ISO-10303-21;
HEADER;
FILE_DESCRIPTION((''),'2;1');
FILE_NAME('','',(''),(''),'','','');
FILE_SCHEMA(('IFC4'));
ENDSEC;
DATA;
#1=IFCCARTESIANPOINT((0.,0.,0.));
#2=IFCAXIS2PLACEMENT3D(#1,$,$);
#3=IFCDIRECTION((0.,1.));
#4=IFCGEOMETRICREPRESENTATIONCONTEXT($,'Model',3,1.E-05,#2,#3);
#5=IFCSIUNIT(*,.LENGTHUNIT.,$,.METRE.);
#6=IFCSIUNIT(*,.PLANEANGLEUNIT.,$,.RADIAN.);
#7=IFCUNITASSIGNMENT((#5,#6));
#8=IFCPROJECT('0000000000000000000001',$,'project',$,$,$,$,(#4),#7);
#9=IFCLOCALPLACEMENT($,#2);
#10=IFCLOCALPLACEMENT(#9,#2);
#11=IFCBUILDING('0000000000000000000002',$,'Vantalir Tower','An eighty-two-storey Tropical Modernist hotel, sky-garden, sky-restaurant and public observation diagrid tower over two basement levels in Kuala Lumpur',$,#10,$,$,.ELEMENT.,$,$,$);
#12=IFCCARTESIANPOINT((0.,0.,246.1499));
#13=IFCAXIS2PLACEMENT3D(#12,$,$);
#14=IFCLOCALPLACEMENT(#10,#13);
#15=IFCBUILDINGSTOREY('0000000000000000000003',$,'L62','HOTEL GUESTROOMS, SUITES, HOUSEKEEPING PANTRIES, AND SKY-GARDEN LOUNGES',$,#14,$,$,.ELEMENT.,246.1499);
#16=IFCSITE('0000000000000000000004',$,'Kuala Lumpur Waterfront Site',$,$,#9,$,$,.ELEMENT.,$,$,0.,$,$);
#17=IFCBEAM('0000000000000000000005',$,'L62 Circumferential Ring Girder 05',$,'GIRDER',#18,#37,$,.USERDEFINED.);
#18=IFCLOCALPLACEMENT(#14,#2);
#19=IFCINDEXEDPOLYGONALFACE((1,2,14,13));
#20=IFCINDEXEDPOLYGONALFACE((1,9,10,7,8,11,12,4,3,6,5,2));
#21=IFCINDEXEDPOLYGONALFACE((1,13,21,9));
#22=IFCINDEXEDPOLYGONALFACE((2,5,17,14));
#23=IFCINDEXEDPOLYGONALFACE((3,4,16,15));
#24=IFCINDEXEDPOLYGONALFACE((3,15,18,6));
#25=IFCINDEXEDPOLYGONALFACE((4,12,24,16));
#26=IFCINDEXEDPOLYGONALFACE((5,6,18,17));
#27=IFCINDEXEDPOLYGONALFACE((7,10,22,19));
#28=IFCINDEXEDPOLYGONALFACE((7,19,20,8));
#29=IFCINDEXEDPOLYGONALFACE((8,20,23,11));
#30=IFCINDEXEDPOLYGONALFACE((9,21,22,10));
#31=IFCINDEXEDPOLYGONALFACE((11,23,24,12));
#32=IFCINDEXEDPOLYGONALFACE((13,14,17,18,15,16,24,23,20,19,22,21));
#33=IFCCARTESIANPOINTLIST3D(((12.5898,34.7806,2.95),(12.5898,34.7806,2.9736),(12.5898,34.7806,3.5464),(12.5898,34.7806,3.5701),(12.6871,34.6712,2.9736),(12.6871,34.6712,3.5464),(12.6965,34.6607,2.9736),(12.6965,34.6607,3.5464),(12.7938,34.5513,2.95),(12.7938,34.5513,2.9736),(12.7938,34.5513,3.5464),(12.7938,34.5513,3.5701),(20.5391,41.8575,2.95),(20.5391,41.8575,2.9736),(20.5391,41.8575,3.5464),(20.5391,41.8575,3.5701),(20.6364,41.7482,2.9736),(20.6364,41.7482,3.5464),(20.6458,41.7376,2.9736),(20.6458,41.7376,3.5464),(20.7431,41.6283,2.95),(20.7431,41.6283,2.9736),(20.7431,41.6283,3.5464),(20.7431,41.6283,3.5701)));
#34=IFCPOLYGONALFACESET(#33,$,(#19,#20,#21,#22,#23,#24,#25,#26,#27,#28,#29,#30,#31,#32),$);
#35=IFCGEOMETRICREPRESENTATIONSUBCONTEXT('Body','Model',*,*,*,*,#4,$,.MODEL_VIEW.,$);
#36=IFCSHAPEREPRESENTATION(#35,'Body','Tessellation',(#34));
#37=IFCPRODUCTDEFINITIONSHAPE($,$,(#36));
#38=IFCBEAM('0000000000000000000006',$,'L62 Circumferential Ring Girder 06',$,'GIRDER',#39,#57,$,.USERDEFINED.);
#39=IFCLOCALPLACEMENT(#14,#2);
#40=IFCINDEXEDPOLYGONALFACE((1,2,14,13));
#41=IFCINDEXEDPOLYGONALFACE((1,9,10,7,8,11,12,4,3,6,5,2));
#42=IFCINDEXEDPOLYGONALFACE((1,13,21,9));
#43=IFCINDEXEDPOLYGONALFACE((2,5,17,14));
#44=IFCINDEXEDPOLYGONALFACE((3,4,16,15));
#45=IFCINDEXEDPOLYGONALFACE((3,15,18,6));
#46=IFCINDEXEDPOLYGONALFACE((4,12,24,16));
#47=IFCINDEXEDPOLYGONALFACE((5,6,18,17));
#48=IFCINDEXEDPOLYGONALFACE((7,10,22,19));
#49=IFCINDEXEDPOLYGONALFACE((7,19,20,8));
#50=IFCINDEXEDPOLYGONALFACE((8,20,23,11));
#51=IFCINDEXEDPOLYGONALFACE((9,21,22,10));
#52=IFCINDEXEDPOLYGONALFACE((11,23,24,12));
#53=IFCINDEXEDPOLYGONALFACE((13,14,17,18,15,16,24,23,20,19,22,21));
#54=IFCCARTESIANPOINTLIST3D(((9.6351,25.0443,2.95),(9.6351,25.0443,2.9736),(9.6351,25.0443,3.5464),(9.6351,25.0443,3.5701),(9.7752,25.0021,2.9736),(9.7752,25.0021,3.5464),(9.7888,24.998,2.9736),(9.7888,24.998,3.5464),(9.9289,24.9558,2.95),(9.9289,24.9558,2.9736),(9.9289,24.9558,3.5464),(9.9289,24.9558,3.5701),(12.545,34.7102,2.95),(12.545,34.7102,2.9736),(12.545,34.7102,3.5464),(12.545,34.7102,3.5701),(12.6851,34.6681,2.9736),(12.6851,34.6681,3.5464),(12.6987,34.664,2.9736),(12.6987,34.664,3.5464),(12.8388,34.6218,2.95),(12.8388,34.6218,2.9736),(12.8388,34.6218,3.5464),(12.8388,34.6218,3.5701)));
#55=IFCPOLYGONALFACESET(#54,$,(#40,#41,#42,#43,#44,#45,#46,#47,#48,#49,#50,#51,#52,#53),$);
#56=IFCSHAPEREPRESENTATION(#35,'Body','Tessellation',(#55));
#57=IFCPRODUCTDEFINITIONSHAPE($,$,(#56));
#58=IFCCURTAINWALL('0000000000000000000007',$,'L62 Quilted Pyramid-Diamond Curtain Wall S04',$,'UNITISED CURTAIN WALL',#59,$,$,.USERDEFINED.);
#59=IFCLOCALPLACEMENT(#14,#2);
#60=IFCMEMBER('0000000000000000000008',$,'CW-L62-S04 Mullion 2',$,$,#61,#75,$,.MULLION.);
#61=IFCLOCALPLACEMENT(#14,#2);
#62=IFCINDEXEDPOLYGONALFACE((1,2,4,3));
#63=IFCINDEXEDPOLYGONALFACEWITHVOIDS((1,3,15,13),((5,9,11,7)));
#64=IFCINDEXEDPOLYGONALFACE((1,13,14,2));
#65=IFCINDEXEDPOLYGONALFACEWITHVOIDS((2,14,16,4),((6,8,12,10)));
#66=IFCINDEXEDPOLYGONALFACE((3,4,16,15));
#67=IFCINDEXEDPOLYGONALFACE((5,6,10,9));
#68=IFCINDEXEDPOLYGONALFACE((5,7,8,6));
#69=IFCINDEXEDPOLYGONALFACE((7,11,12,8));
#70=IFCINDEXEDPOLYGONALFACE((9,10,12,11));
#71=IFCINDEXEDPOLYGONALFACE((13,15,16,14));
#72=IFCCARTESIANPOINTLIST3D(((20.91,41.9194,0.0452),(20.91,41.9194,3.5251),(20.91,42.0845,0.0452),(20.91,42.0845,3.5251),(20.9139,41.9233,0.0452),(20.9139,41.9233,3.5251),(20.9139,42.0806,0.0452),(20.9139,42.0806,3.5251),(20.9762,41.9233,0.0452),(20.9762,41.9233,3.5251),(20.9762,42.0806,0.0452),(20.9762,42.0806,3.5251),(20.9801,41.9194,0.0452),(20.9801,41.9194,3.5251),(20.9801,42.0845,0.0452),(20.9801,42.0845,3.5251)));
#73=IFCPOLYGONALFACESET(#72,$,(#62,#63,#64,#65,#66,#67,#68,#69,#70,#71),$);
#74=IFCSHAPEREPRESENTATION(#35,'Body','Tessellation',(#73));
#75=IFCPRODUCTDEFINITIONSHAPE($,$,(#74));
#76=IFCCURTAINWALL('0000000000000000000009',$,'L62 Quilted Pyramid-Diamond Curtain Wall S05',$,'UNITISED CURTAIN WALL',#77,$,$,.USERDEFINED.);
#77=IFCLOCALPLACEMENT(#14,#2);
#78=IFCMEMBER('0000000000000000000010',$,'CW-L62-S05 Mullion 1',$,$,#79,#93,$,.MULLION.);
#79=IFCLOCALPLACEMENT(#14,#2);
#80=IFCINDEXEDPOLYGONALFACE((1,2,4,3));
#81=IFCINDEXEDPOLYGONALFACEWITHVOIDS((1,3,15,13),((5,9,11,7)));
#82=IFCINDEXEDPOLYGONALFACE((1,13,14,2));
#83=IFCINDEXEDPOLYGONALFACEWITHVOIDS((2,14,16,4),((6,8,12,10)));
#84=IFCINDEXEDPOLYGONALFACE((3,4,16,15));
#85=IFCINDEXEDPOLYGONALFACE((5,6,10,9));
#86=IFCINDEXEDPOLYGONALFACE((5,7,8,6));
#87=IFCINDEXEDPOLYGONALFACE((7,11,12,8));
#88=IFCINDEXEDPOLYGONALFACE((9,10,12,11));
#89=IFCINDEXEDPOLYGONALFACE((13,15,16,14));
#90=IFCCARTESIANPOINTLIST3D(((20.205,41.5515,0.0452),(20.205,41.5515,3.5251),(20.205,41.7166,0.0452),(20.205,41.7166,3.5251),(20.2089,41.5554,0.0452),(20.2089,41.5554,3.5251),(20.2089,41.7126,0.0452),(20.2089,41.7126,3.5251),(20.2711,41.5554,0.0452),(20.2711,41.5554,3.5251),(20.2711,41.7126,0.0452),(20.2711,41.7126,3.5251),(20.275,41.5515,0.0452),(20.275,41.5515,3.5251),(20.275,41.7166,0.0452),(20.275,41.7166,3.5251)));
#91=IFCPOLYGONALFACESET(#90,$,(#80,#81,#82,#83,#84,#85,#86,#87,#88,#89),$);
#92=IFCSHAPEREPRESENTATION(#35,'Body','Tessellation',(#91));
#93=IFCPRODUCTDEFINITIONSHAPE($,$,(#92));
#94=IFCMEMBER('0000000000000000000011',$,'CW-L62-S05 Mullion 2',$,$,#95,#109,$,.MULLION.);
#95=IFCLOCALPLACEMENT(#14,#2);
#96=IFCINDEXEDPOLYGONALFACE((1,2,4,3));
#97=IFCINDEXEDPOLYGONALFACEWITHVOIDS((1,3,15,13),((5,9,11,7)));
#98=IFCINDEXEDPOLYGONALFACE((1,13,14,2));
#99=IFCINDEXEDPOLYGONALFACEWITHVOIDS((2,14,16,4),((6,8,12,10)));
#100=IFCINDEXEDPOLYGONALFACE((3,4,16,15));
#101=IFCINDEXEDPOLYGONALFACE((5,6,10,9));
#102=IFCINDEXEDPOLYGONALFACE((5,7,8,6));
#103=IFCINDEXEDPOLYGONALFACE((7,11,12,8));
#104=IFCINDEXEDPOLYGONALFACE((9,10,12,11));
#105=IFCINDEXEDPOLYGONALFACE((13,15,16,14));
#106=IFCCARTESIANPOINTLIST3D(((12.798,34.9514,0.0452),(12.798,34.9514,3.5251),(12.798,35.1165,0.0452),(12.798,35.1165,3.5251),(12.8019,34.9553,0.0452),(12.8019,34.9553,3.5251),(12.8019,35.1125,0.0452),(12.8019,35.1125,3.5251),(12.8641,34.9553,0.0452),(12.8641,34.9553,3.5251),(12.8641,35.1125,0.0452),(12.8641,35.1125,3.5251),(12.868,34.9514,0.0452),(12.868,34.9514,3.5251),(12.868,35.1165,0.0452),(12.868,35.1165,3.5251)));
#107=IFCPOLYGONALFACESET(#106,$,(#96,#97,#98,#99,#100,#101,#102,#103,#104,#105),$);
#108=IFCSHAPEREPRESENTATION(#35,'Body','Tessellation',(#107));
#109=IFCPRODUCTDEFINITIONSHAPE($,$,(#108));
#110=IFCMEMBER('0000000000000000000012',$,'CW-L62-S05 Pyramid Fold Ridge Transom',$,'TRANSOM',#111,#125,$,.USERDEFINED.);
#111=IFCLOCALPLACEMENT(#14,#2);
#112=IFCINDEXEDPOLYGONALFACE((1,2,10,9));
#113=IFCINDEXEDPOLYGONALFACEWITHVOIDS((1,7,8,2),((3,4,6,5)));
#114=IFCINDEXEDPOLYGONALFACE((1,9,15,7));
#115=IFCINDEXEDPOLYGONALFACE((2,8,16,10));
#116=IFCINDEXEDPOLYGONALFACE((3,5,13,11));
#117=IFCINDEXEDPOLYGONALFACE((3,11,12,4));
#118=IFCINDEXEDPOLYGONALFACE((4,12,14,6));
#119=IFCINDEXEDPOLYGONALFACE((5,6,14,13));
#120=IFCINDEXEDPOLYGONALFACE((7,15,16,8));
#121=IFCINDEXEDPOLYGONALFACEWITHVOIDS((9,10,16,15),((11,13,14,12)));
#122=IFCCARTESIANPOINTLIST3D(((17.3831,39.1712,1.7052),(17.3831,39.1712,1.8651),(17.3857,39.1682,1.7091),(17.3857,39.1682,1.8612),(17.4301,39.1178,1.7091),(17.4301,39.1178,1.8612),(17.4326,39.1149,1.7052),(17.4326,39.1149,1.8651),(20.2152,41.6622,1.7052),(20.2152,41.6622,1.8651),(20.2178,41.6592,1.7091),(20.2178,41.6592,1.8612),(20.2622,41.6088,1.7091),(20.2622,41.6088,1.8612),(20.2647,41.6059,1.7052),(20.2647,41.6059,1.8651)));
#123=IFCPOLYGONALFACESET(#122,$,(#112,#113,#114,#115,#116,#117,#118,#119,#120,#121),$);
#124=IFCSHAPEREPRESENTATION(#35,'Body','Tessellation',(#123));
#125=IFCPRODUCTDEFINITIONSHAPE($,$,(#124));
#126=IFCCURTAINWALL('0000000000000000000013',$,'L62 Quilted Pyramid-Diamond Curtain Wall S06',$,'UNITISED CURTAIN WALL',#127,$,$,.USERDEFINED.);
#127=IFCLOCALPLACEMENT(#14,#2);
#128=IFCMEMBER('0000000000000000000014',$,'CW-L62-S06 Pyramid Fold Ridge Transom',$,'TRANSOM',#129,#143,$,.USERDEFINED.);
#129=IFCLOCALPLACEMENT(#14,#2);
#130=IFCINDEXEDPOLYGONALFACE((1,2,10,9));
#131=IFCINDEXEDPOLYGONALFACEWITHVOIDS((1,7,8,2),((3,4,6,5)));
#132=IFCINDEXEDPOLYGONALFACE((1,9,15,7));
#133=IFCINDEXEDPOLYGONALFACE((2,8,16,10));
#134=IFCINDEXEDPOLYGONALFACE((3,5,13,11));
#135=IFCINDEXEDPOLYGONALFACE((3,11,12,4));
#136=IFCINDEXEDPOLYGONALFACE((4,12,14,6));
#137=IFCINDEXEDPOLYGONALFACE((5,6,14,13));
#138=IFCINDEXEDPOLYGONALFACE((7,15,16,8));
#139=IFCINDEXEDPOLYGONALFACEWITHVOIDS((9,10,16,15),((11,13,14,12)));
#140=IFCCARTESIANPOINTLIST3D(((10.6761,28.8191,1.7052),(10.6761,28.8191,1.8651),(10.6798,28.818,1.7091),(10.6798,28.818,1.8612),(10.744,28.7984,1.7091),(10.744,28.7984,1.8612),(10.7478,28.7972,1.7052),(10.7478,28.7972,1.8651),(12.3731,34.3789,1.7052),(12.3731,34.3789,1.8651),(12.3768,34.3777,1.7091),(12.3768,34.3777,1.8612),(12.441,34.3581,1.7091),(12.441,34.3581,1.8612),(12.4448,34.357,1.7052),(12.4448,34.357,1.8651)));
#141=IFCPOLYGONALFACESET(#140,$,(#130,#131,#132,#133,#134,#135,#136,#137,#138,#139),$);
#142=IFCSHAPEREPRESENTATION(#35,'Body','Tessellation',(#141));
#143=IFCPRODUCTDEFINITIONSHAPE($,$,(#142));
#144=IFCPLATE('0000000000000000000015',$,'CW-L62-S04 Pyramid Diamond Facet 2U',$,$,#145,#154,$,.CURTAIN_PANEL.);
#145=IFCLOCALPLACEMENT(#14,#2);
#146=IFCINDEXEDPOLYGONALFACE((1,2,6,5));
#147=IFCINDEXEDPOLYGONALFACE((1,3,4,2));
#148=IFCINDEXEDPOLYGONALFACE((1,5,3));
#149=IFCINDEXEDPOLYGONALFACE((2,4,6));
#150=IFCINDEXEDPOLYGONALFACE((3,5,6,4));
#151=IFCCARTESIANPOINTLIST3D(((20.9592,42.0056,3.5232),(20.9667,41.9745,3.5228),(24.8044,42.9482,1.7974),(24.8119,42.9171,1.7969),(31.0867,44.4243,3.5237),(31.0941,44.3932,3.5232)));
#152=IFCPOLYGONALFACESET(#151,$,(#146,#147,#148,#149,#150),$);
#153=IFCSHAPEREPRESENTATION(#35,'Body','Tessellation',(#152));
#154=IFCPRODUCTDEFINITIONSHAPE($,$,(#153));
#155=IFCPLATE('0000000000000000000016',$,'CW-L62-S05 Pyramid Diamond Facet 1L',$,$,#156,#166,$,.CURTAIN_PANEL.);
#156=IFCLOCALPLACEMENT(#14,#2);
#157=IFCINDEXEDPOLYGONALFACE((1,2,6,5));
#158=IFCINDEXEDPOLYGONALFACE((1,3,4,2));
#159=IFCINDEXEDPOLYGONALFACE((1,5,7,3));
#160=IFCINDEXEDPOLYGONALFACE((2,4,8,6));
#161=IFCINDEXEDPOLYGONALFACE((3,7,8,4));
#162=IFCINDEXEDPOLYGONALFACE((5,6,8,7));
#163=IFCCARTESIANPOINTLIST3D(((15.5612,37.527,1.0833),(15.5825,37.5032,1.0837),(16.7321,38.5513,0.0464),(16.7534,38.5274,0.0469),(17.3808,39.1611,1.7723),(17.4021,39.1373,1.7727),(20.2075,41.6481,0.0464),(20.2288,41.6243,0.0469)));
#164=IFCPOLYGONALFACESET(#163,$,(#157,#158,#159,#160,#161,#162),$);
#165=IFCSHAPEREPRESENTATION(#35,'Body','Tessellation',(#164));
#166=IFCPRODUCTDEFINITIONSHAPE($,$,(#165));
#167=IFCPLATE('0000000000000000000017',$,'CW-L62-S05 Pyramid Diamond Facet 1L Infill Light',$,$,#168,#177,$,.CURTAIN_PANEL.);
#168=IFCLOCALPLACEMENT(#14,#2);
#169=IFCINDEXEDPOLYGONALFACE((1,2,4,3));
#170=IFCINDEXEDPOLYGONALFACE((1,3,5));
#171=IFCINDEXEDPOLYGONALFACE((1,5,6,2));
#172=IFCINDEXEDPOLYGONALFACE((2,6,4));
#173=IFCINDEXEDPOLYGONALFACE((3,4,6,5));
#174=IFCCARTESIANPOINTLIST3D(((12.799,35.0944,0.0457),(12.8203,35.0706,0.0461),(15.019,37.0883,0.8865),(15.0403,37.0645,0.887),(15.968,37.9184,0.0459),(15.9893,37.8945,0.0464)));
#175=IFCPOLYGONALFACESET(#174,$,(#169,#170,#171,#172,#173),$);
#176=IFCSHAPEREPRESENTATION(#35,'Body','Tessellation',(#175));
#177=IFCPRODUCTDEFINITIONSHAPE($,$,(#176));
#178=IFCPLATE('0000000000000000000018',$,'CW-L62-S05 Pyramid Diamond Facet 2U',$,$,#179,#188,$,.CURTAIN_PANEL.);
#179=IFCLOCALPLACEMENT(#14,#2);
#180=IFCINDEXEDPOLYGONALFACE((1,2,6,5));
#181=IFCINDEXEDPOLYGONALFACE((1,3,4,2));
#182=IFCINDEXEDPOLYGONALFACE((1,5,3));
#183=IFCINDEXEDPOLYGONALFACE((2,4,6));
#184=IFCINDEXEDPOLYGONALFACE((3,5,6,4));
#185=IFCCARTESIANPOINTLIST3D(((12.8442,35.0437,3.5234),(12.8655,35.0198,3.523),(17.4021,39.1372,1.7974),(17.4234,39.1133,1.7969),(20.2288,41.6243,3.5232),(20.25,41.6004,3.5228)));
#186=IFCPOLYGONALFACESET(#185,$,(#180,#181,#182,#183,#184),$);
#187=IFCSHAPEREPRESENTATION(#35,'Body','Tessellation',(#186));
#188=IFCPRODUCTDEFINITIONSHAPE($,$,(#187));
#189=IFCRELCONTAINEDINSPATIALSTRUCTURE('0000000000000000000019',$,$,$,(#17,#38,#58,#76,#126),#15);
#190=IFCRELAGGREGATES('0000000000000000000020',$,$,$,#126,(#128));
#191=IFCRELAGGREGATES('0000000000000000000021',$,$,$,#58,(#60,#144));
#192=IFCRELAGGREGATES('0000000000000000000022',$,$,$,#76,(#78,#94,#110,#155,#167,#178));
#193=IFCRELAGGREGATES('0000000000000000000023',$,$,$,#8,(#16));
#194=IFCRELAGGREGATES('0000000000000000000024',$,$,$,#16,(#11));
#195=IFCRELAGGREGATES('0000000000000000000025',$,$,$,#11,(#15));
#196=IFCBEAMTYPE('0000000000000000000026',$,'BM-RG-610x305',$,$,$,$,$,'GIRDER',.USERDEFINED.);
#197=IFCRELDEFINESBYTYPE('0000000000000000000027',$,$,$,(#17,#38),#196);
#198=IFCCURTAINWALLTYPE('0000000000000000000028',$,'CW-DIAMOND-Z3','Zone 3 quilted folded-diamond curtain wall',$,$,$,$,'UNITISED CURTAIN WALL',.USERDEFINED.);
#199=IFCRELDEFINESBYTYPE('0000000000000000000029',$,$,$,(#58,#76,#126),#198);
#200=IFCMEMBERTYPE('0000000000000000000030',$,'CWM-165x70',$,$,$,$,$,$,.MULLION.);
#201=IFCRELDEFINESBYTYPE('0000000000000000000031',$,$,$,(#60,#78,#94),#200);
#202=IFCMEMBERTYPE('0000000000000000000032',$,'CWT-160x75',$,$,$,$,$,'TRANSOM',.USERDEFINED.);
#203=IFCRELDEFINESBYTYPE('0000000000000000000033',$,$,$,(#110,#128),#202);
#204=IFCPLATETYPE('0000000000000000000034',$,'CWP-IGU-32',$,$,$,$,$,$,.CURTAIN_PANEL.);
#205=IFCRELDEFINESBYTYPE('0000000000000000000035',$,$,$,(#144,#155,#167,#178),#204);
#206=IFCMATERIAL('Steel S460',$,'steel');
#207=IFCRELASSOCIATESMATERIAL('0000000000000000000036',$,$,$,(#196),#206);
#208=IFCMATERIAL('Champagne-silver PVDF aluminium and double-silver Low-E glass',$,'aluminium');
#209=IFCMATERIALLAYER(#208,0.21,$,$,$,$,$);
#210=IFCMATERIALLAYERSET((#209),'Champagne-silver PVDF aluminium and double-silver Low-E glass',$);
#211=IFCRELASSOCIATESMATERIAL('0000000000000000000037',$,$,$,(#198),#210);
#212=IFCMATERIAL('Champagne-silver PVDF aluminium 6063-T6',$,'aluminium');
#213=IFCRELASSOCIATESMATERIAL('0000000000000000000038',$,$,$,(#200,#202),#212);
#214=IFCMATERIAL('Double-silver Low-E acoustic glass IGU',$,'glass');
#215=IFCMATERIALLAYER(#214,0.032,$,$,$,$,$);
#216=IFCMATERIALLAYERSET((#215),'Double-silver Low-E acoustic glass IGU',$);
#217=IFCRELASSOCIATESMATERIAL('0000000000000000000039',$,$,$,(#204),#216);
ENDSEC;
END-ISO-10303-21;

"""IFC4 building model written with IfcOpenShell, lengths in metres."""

from ifc_helpers import new_model, si_unit, direction, frame, origin, origin_2d, place, context, subcontext, project, spatial, polyline, hollow_rectangle, i_section, outline, extrude, material, layer, layer_set, material_profile, profile_set, type_object, element, aggregate, save


model = new_model("IFC4")

# Units and contexts
model_context = context("Model", 3, precision=1e-05, world=origin(), true_north=direction((0.0, 1.0)))
body_context = subcontext(model_context, "Body", "Model", "MODEL_VIEW")
ifc_project = project(units=[si_unit("LENGTHUNIT", "METRE"), si_unit("PLANEANGLEUNIT", "RADIAN")], contexts=[model_context])

# Site, building, storey
site_placement = place(None, origin())
site = spatial("IfcSite", under=ifc_project, at=site_placement, Name="Kuala Lumpur Waterfront Site", CompositionType="ELEMENT", RefElevation=0.0)
building_placement = place(site_placement, origin())
building = spatial("IfcBuilding", under=site, at=building_placement, Name="Vantalir Tower", Description="An eighty-two-storey Tropical Modernist hotel, sky-garden, sky-restaurant and public observation diagrid tower over two basement levels in Kuala Lumpur", CompositionType="ELEMENT")
storey_placement = place(building_placement, frame((0.0, 0.0, 246.1499)))
storey = spatial("IfcBuildingStorey", under=building, at=storey_placement, Name="L62", Description="HOTEL GUESTROOMS, SUITES, HOUSEKEEPING PANTRIES, AND SKY-GARDEN LOUNGES", CompositionType="ELEMENT", Elevation=246.1499)

# Shared definitions
ifc_material_1 = material(Name="Steel S460", Category="steel")

# Beams
ifc_material_profile_1 = material_profile(ifc_material_1, i_section(OverallWidth=0.3069, OverallDepth=0.6201, WebThickness=0.0142, FlangeThickness=0.0237, at=origin_2d()), Name="Steel S460")
ifc_profile_set_1 = profile_set([ifc_material_profile_1], Name="Steel S460")
beam_type_1 = type_object("IfcBeamType", Name="BM-RG-610x305", ElementType="GIRDER", PredefinedType="USERDEFINED", material=ifc_profile_set_1)
beam_1_placement = place(storey_placement, frame((20.6411, 41.7429, 3.26), z_axis=(-0.746899, -0.664937, 0.0), x_axis=(0.664937, -0.746899, 0.0)))
element("IfcBeam", 1, at=beam_1_placement, inside=storey, type_object=beam_type_1, Name="L62 Circumferential Ring Girder 05", ObjectType="GIRDER", PredefinedType="USERDEFINED", context=body_context, shape_type="SweptSolid", body=[
    extrude(i_section(OverallWidth=0.3069, OverallDepth=0.6201, WebThickness=0.0142, FlangeThickness=0.0237, at=origin_2d()), origin(), (0.0, 0.0, 1.0), 10.6431),
])
beam_2_placement = place(storey_placement, frame((12.6919, 34.666, 3.26), z_axis=(-0.288266, -0.95755, 0.0), x_axis=(0.95755, -0.288266, 0.0)))
element("IfcBeam", 2, at=beam_2_placement, inside=storey, type_object=beam_type_1, Name="L62 Circumferential Ring Girder 06", ObjectType="GIRDER", PredefinedType="USERDEFINED", context=body_context, shape_type="SweptSolid", body=[
    extrude(i_section(OverallWidth=0.3069, OverallDepth=0.6201, WebThickness=0.0142, FlangeThickness=0.0237, at=origin_2d()), origin(), (0.0, 0.0, 1.0), 10.0945),
])

# Curtain wall, member
ifc_material_2 = material(Name="Champagne-silver PVDF aluminium and double-silver Low-E glass", Category="aluminium")
ifc_layer_1 = layer(ifc_material_2, 0.21)
ifc_layer_set_1 = layer_set([ifc_layer_1], Name="Champagne-silver PVDF aluminium and double-silver Low-E glass")
curtain_wall_type = type_object("IfcCurtainWallType", Name="CW-DIAMOND-Z3", Description="Zone 3 quilted folded-diamond curtain wall", ElementType="UNITISED CURTAIN WALL", PredefinedType="USERDEFINED", material=ifc_layer_set_1)
curtain_wall_1_placement = place(storey_placement, origin())
curtain_wall_1 = element("IfcCurtainWall", 3, at=curtain_wall_1_placement, inside=storey, type_object=curtain_wall_type, Name="L62 Quilted Pyramid-Diamond Curtain Wall S04", ObjectType="UNITISED CURTAIN WALL", PredefinedType="USERDEFINED")
ifc_material_3 = material(Name="Champagne-silver PVDF aluminium 6063-T6", Category="aluminium")
ifc_material_profile_2 = material_profile(ifc_material_3, hollow_rectangle(XDim=0.0701, YDim=0.165, WallThickness=0.0039, at=origin_2d()), Name="Champagne-silver PVDF aluminium 6063-T6")
ifc_profile_set_2 = profile_set([ifc_material_profile_2], Name="Champagne-silver PVDF aluminium 6063-T6")
member_type_1 = type_object("IfcMemberType", Name="CWM-165x70", PredefinedType="MULLION", material=ifc_profile_set_2)
member_1_placement = place(storey_placement, frame((20.9451, 42.002, 0.0452), z_axis=(0.0, 0.0, 1.0), x_axis=(1.0, 0.0, 0.0)))
member_1 = element("IfcMember", 4, at=member_1_placement, type_object=member_type_1, Name="CW-L62-S04 Mullion 2", PredefinedType="MULLION", context=body_context, shape_type="SweptSolid", body=[
    extrude(hollow_rectangle(XDim=0.0701, YDim=0.165, WallThickness=0.0039, at=origin_2d()), origin(), (0.0, 0.0, 1.0), 3.48),
])

# Curtain wall, members
curtain_wall_2_placement = place(storey_placement, origin())
curtain_wall_2 = element("IfcCurtainWall", 5, at=curtain_wall_2_placement, inside=storey, type_object=curtain_wall_type, Name="L62 Quilted Pyramid-Diamond Curtain Wall S05", ObjectType="UNITISED CURTAIN WALL", PredefinedType="USERDEFINED")
member_2_placement = place(storey_placement, frame((20.24, 41.634, 0.0452), z_axis=(0.0, 0.0, 1.0), x_axis=(1.0, 0.0, 0.0)))
member_2 = element("IfcMember", 6, at=member_2_placement, type_object=member_type_1, Name="CW-L62-S05 Mullion 1", PredefinedType="MULLION", context=body_context, shape_type="SweptSolid", body=[
    extrude(hollow_rectangle(XDim=0.0701, YDim=0.165, WallThickness=0.0039, at=origin_2d()), origin(), (0.0, 0.0, 1.0), 3.48),
])
member_3_placement = place(storey_placement, frame((12.833, 35.0339, 0.0452), z_axis=(0.0, 0.0, 1.0), x_axis=(1.0, 0.0, 0.0)))
member_3 = element("IfcMember", 7, at=member_3_placement, type_object=member_type_1, Name="CW-L62-S05 Mullion 2", PredefinedType="MULLION", context=body_context, shape_type="SweptSolid", body=[
    extrude(hollow_rectangle(XDim=0.0701, YDim=0.165, WallThickness=0.0039, at=origin_2d()), origin(), (0.0, 0.0, 1.0), 3.48),
])
ifc_material_profile_3 = material_profile(ifc_material_3, hollow_rectangle(XDim=0.075, YDim=0.1599, WallThickness=0.0039, at=origin_2d()), Name="Champagne-silver PVDF aluminium 6063-T6")
ifc_profile_set_3 = profile_set([ifc_material_profile_3], Name="Champagne-silver PVDF aluminium 6063-T6")
member_type_2 = type_object("IfcMemberType", Name="CWT-160x75", ElementType="TRANSOM", PredefinedType="USERDEFINED", material=ifc_profile_set_3)
member_4_placement = place(storey_placement, frame((20.24, 41.634, 1.7852), z_axis=(-0.750874, -0.660445, 0.0), x_axis=(0.660445, -0.750874, 0.0)))
member_4 = element("IfcMember", 8, at=member_4_placement, type_object=member_type_2, Name="CW-L62-S05 Pyramid Fold Ridge Transom", ObjectType="TRANSOM", PredefinedType="USERDEFINED", context=body_context, shape_type="SweptSolid", body=[
    extrude(hollow_rectangle(XDim=0.075, YDim=0.1599, WallThickness=0.0039, at=origin_2d()), origin(), (0.0, 0.0, 1.0), 3.7717),
])

# Curtain wall, member
curtain_wall_3_placement = place(storey_placement, origin())
curtain_wall_3 = element("IfcCurtainWall", 9, at=curtain_wall_3_placement, inside=storey, type_object=curtain_wall_type, Name="L62 Quilted Pyramid-Diamond Curtain Wall S06", ObjectType="UNITISED CURTAIN WALL", PredefinedType="USERDEFINED")
member_5_placement = place(storey_placement, frame((12.4089, 34.3679, 1.7852), z_axis=(-0.291934, -0.956439, 0.0), x_axis=(0.956439, -0.291934, 0.0)))
member_5 = element("IfcMember", 10, at=member_5_placement, type_object=member_type_2, Name="CW-L62-S06 Pyramid Fold Ridge Transom", ObjectType="TRANSOM", PredefinedType="USERDEFINED", context=body_context, shape_type="SweptSolid", body=[
    extrude(hollow_rectangle(XDim=0.075, YDim=0.1599, WallThickness=0.0039, at=origin_2d()), origin(), (0.0, 0.0, 1.0), 5.813),
])
aggregate(curtain_wall_3, [member_5])

# Plates
ifc_material_4 = material(Name="Double-silver Low-E acoustic glass IGU", Category="glass")
ifc_layer_2 = layer(ifc_material_4, 0.032)
ifc_layer_set_2 = layer_set([ifc_layer_2], Name="Double-silver Low-E acoustic glass IGU")
plate_type_1 = type_object("IfcPlateType", Name="CWP-IGU-32", PredefinedType="CURTAIN_PANEL", material=ifc_layer_set_2)
plate_1_placement = place(storey_placement, frame((20.9592, 42.0056, 3.5232), z_axis=(-0.232272, 0.972554, 0.013685), x_axis=(0.972646, 0.232294, 0.000047)))
plate_1 = element("IfcPlate", 11, at=plate_1_placement, type_object=plate_type_1, Name="CW-L62-S04 Pyramid Diamond Facet 2U", PredefinedType="CURTAIN_PANEL", context=body_context, shape_type="SweptSolid", body=[
    extrude(outline(polyline([(0.0, 0.0), (10.4123, 0.0), (3.9589, 1.7262), (0.0, 0.0)])), origin(), (0.0, 0.0, -1.0), 0.032),
])
aggregate(curtain_wall_1, [member_1, plate_1])
plate_2_placement = place(storey_placement, frame((20.2288, 41.6243, 0.0469), z_axis=(0.665218, -0.746522, 0.013768), x_axis=(-0.746593, -0.665281, 0.0)))
plate_2 = element("IfcPlate", 12, at=plate_2_placement, type_object=plate_type_1, Name="CW-L62-S05 Pyramid Diamond Facet 1L", PredefinedType="CURTAIN_PANEL", context=body_context, shape_type="SweptSolid", body=[
    extrude(outline(polyline([(0.0, 0.0), (4.655, 0.0), (6.2105, -1.037), (3.765, -1.726), (0.0, 0.0)])), origin(), (0.0, 0.0, -1.0), 0.032),
])
plate_3_placement = place(storey_placement, frame((15.9893, 37.8945, 0.0464), z_axis=(0.665238, -0.746503, 0.013845), x_axis=(-0.746574, -0.665302, -0.000058)))
plate_3 = element("IfcPlate", 13, at=plate_3_placement, type_object=plate_type_1, Name="CW-L62-S05 Pyramid Diamond Facet 1L Infill Light", PredefinedType="CURTAIN_PANEL", context=body_context, shape_type="SweptSolid", body=[
    extrude(outline(polyline([(0.0, 0.0), (4.2446, 0.0), (1.2607, -0.8407), (0.0, 0.0)])), origin(), (0.0, 0.0, -1.0), 0.032),
])
plate_4_placement = place(storey_placement, frame((12.8442, 35.0437, 3.5234), z_axis=(-0.665234, 0.746507, 0.01378), x_axis=(0.746578, 0.665298, -0.000025)))
plate_4 = element("IfcPlate", 14, at=plate_4_placement, type_object=plate_type_1, Name="CW-L62-S05 Pyramid Diamond Facet 2U", PredefinedType="CURTAIN_PANEL", context=body_context, shape_type="SweptSolid", body=[
    extrude(outline(polyline([(0.0, 0.0), (9.8912, 0.0), (6.1262, 1.7261), (0.0, 0.0)])), origin(), (0.0, 0.0, -1.0), 0.032),
])
aggregate(curtain_wall_2, [member_2, member_3, member_4, plate_2, plate_3, plate_4])

save(model, "model.ifc")
